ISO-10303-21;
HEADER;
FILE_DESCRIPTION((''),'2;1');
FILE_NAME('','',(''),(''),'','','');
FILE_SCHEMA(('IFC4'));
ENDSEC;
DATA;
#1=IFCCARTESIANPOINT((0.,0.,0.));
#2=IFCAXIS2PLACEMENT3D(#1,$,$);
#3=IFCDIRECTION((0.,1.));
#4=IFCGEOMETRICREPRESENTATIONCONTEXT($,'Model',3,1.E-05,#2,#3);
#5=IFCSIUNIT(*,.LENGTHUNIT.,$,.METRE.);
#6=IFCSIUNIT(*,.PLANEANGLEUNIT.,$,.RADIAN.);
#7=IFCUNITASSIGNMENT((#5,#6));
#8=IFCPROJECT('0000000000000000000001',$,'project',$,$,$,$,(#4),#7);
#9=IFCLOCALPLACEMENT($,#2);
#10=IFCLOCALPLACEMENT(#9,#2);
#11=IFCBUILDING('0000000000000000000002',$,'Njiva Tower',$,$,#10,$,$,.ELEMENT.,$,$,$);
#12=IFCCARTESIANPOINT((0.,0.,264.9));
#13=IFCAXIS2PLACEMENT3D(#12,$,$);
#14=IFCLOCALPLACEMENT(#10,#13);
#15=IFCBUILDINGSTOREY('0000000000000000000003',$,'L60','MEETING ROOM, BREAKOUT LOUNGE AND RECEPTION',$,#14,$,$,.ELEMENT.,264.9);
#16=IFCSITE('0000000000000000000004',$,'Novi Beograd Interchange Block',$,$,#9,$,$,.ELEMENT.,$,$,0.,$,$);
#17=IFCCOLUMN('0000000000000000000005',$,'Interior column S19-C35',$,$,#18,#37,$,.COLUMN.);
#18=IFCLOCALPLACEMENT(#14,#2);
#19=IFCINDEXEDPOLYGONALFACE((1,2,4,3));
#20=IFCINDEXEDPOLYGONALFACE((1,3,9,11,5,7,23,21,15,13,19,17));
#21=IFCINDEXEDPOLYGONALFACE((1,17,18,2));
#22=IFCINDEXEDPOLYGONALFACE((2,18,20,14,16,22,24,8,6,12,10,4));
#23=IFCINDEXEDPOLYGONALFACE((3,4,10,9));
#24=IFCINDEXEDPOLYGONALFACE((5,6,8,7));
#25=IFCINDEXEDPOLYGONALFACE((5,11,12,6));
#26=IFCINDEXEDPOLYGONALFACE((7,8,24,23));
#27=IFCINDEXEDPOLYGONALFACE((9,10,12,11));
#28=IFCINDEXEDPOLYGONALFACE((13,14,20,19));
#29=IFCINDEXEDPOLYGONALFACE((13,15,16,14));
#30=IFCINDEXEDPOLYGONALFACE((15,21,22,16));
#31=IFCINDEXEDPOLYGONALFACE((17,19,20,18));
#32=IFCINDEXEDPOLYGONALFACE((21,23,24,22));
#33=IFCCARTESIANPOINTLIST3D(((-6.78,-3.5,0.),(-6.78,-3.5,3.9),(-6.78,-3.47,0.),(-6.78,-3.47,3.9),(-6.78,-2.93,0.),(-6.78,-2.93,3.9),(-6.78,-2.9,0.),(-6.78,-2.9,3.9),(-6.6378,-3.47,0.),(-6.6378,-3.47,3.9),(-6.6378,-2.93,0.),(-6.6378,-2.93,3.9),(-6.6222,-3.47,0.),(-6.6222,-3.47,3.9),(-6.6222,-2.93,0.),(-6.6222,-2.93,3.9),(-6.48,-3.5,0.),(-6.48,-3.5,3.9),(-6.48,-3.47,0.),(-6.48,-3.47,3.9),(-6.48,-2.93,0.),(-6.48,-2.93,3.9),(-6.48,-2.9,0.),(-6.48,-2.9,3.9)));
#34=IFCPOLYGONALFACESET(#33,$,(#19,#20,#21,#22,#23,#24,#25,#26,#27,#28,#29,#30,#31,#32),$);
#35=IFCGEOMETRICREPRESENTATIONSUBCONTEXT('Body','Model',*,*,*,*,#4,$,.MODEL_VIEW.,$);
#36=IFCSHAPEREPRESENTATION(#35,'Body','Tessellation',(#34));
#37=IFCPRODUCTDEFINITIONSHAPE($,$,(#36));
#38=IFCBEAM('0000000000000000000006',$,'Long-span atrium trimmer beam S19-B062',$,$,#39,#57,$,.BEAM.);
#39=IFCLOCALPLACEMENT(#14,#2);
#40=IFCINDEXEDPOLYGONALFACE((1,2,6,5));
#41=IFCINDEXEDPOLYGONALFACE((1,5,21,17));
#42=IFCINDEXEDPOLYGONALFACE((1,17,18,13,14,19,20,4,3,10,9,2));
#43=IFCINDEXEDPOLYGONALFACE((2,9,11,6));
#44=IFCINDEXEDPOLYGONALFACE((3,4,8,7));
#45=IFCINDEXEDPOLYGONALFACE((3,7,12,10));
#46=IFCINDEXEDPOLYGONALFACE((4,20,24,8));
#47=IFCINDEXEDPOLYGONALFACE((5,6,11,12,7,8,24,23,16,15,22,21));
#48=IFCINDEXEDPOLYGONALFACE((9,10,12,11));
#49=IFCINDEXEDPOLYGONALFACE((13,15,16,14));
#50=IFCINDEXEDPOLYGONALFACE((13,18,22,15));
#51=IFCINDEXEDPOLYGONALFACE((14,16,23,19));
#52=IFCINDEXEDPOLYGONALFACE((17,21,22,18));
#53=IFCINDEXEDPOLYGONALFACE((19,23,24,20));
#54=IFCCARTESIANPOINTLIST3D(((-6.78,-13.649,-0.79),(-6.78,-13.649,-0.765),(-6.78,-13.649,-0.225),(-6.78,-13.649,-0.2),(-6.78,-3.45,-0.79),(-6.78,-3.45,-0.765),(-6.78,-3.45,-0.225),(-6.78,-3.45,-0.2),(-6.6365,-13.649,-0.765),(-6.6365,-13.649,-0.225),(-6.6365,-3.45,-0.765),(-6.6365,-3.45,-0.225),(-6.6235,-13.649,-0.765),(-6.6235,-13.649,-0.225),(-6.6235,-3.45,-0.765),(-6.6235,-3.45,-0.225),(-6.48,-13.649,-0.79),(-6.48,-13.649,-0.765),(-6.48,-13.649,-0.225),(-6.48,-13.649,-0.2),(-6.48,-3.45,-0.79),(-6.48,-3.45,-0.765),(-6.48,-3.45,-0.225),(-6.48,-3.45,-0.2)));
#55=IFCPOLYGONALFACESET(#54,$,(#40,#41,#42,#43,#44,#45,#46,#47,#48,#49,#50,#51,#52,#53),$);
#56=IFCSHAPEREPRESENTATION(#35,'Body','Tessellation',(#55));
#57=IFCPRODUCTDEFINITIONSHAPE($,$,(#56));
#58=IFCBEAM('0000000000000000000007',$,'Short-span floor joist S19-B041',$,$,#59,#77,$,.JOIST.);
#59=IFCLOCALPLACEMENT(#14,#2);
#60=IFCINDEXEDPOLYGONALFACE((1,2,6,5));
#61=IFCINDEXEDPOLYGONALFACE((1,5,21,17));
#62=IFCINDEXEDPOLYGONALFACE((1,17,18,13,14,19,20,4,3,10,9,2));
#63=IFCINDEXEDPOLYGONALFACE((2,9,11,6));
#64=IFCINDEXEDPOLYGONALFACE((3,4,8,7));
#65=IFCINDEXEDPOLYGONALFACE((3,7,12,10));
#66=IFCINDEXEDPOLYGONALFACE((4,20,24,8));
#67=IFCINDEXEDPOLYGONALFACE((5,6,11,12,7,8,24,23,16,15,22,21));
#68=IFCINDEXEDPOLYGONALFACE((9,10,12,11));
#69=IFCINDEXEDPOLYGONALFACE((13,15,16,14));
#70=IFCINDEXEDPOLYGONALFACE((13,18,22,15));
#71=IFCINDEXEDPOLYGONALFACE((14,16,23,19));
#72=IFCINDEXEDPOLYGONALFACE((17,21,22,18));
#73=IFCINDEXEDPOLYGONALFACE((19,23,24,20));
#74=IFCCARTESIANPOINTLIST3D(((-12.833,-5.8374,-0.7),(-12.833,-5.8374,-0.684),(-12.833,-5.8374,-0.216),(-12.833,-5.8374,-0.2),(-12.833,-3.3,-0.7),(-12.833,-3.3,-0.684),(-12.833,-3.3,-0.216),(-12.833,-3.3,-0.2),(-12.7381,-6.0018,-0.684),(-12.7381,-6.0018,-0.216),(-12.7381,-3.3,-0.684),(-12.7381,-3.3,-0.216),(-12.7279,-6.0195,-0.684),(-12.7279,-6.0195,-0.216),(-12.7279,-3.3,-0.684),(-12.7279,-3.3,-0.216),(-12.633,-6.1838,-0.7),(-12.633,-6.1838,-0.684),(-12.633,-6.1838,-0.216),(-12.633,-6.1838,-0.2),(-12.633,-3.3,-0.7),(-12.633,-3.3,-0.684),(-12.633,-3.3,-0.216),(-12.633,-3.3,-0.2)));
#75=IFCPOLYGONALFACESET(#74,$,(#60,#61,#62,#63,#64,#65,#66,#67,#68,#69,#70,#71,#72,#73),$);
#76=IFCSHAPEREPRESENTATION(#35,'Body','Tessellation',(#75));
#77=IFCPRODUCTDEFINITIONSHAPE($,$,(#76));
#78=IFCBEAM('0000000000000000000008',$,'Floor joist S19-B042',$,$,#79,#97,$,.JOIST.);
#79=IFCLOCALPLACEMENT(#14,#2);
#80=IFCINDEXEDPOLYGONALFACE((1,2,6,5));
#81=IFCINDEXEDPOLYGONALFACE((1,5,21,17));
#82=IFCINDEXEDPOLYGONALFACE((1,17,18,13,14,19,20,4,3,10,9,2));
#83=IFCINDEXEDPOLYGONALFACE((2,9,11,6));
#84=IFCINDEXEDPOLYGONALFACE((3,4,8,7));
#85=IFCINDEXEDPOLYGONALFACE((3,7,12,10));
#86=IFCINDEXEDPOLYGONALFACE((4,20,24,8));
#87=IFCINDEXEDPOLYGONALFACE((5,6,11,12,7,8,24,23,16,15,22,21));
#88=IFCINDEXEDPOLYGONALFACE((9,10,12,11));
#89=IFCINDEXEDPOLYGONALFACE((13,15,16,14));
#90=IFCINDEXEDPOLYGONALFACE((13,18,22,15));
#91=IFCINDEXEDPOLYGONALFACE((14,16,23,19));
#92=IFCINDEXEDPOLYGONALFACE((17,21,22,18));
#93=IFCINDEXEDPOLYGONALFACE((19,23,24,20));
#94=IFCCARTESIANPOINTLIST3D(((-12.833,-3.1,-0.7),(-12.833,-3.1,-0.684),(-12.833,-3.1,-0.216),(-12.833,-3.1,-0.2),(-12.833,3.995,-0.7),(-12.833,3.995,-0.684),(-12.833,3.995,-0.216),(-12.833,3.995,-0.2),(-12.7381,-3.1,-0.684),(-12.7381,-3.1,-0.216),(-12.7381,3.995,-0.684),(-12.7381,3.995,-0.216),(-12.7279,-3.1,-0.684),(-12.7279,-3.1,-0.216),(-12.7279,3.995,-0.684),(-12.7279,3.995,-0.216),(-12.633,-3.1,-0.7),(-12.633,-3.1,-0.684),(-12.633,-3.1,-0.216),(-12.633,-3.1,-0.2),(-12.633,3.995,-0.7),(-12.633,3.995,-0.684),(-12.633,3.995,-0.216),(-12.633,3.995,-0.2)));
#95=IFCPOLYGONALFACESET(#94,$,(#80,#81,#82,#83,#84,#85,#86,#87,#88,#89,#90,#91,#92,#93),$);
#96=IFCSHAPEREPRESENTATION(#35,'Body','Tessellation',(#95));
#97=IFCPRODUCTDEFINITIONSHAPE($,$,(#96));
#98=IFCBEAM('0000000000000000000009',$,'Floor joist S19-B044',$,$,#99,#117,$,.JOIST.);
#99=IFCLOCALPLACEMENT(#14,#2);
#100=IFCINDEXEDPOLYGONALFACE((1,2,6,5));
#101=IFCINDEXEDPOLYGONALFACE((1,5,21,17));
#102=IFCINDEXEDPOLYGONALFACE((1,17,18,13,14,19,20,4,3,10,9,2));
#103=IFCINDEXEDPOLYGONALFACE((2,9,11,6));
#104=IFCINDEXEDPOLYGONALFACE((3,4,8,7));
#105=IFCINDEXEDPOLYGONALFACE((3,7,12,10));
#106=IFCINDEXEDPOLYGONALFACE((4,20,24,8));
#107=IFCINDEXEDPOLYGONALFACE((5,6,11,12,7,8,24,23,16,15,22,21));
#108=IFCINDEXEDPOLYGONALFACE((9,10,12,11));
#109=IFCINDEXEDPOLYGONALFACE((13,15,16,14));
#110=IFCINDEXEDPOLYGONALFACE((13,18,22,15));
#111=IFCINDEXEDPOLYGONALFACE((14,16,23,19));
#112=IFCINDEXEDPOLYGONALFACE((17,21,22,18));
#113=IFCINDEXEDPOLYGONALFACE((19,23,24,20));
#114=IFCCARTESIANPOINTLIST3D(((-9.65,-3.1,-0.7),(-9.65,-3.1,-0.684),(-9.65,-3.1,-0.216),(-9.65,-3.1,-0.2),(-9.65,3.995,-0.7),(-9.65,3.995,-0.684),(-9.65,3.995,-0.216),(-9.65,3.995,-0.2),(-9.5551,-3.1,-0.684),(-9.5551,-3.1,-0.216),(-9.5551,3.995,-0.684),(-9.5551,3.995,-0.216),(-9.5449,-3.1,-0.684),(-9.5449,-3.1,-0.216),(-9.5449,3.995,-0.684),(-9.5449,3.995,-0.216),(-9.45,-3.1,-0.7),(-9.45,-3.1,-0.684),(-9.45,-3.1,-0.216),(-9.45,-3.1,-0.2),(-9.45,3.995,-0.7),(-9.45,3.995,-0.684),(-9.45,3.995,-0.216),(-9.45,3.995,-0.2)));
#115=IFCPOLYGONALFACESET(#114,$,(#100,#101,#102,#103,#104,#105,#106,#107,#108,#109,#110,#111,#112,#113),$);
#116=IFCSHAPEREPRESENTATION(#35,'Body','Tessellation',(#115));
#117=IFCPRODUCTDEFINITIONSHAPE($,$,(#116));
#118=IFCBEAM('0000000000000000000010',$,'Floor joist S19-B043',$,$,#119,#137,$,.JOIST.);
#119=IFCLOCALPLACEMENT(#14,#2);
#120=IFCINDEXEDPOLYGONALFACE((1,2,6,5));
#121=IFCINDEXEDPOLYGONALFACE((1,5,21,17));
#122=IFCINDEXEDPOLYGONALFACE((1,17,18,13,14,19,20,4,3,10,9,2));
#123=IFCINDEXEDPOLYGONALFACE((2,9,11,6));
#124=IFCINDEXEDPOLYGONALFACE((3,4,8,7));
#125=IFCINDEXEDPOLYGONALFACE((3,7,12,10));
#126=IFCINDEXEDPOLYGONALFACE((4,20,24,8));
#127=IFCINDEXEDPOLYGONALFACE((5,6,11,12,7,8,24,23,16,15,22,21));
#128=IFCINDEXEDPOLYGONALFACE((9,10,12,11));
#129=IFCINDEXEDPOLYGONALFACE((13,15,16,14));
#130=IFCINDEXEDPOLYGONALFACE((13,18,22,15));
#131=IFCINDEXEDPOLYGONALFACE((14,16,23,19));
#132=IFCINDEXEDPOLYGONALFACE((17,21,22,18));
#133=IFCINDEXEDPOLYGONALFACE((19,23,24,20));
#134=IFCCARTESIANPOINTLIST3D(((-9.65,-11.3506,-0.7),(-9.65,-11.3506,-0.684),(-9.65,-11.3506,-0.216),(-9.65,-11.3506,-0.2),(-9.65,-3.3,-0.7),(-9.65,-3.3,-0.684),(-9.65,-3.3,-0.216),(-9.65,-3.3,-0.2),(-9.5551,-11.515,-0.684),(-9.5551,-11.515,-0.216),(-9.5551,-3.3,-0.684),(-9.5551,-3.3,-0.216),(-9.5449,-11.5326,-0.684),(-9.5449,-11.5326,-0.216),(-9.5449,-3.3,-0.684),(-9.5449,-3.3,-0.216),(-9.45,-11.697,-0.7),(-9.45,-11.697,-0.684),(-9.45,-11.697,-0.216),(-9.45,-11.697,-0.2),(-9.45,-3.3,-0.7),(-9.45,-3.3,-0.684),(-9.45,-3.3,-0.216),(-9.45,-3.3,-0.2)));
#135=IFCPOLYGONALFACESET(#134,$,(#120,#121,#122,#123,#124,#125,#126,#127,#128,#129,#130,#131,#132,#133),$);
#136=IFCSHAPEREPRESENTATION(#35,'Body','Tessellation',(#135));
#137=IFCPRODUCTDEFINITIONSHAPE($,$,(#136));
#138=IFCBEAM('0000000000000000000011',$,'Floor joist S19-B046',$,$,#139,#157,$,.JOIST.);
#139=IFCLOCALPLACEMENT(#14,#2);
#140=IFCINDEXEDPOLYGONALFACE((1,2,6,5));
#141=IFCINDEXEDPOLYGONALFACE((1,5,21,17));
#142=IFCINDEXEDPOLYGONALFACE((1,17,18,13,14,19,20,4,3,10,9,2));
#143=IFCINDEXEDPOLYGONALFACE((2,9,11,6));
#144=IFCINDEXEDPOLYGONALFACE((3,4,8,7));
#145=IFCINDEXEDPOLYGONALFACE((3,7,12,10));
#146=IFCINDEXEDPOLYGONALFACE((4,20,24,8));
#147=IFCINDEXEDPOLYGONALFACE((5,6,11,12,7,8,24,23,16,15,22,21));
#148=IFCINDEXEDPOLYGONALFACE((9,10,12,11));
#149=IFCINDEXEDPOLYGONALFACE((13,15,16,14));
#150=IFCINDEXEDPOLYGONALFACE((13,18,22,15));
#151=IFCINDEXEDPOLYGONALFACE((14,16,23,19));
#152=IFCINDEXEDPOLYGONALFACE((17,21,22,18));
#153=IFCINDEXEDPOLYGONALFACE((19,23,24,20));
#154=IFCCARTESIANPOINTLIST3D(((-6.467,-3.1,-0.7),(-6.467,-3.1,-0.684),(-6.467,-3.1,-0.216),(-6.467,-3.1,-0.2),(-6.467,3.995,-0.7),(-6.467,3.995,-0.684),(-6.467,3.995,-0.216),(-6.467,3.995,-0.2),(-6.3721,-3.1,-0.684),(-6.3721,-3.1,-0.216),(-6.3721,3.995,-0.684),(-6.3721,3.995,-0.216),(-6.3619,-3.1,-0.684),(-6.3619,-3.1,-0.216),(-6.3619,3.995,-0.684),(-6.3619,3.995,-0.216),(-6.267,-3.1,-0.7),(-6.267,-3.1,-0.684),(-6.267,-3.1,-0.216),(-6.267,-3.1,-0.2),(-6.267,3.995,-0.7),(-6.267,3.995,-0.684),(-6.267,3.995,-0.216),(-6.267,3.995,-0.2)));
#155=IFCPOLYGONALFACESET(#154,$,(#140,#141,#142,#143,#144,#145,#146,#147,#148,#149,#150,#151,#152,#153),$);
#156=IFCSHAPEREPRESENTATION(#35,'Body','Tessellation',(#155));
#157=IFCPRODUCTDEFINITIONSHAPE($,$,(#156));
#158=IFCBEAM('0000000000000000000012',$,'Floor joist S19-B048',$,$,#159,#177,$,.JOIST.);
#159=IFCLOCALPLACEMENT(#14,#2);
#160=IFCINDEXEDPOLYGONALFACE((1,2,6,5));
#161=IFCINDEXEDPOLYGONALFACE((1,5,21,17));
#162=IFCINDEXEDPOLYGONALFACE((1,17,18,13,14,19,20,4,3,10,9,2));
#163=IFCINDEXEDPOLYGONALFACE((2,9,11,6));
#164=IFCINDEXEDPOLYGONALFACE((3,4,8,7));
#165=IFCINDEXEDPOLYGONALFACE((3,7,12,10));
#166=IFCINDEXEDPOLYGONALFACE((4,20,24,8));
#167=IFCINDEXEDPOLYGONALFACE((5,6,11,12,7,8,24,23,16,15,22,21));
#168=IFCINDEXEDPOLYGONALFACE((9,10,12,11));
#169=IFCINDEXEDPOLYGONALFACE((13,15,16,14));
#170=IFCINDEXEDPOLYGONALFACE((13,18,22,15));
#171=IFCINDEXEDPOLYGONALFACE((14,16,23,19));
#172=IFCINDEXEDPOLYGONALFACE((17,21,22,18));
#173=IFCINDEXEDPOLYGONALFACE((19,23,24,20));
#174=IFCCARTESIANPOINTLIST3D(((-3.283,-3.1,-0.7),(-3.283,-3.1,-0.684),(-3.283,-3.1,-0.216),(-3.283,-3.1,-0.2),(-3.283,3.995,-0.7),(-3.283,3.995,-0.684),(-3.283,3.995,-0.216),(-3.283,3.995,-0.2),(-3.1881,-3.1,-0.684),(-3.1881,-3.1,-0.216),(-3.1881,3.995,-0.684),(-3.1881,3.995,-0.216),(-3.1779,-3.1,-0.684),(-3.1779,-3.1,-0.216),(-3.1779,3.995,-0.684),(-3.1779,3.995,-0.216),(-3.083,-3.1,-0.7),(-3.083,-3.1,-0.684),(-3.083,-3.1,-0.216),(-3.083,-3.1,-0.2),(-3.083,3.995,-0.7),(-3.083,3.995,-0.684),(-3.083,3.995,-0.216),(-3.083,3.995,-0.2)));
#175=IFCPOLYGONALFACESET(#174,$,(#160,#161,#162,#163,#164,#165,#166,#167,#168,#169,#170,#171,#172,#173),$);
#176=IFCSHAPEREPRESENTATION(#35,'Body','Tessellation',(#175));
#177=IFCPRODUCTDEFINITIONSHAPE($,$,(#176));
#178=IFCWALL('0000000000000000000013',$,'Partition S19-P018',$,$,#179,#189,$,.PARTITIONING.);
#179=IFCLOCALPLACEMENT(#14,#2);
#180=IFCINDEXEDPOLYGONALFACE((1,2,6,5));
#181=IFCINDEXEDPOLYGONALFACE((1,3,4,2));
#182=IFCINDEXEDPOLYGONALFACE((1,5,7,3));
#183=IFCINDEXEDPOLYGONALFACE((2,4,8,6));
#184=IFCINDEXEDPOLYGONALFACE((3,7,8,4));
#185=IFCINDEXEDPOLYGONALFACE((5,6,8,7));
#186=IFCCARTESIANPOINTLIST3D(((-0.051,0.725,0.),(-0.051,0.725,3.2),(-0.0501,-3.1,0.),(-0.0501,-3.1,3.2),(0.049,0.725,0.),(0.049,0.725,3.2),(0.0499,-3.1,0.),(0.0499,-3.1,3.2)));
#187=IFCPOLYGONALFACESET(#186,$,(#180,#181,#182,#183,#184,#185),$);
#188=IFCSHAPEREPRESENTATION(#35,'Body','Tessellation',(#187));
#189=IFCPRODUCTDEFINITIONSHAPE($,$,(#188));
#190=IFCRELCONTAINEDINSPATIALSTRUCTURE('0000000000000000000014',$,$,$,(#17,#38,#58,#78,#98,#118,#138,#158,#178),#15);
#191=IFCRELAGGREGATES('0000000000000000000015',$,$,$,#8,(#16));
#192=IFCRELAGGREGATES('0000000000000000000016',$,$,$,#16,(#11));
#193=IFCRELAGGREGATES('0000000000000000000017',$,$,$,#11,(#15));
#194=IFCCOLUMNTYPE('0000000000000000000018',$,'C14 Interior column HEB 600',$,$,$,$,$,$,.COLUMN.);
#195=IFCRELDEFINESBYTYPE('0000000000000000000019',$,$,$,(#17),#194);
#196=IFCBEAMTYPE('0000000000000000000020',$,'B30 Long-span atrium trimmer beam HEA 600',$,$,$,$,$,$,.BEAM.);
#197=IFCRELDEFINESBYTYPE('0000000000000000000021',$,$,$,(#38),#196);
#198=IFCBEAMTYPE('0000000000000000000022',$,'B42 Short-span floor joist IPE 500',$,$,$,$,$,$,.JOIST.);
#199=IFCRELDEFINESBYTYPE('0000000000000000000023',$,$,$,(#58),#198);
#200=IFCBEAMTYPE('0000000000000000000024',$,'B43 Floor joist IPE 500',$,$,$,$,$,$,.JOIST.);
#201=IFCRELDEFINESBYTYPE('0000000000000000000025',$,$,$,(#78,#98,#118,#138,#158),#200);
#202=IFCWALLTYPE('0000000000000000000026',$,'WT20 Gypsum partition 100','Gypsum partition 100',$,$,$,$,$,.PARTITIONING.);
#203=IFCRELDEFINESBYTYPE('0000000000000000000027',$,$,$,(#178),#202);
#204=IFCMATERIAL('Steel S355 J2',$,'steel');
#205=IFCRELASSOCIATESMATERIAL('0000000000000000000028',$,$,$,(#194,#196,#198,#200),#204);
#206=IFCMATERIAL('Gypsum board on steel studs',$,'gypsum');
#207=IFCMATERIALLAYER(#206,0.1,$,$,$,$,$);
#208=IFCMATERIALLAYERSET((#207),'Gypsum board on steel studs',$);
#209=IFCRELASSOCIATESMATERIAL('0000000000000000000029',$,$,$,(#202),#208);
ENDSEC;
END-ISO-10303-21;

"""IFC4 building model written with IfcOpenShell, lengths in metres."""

from ifc_helpers import new_model, si_unit, direction, frame, frame_2d, origin, origin_2d, place, context, subcontext, project, spatial, rectangle, i_section, extrude, clip, halfspace, material, layer, layer_set, material_profile, profile_set, type_object, element, save


model = new_model("IFC4")

# Units and contexts
model_context = context("Model", 3, precision=1e-05, world=origin(), true_north=direction((0.0, 1.0)))
body_context = subcontext(model_context, "Body", "Model", "MODEL_VIEW")
ifc_project = project(units=[si_unit("LENGTHUNIT", "METRE"), si_unit("PLANEANGLEUNIT", "RADIAN")], contexts=[model_context])

# Site, building, storey
site_placement = place(None, origin())
site = spatial("IfcSite", under=ifc_project, at=site_placement, Name="Novi Beograd Interchange Block", CompositionType="ELEMENT", RefElevation=0.0)
building_placement = place(site_placement, origin())
building = spatial("IfcBuilding", under=site, at=building_placement, Name="Njiva Tower", CompositionType="ELEMENT")
storey_placement = place(building_placement, frame((0.0, 0.0, 264.9)))
storey = spatial("IfcBuildingStorey", under=building, at=storey_placement, Name="L60", Description="MEETING ROOM, BREAKOUT LOUNGE AND RECEPTION", CompositionType="ELEMENT", Elevation=264.9)

# Column
ifc_material_1 = material(Name="Steel S355 J2", Category="steel")
ifc_material_profile_1 = material_profile(ifc_material_1, i_section(OverallWidth=0.3, OverallDepth=0.6, WebThickness=0.0155, FlangeThickness=0.03, at=origin_2d()), Name="HEB 600")
ifc_profile_set_1 = profile_set([ifc_material_profile_1], Name="Steel S355 J2")
column_type = type_object("IfcColumnType", Name="C14 Interior column HEB 600", PredefinedType="COLUMN", material=ifc_profile_set_1)
column_placement = place(storey_placement, frame((-6.63, -3.2, 0.0), z_axis=(0.0, 0.0, 1.0), x_axis=(1.0, 0.0, 0.0)))
element("IfcColumn", 1, at=column_placement, inside=storey, type_object=column_type, Name="Interior column S19-C35", PredefinedType="COLUMN", context=body_context, shape_type="SweptSolid", body=[
    extrude(i_section(OverallWidth=0.3, OverallDepth=0.6, WebThickness=0.0155, FlangeThickness=0.03, at=origin_2d()), origin(), (0.0, 0.0, 1.0), 3.9),
])

# Beams
ifc_material_profile_2 = material_profile(ifc_material_1, i_section(OverallWidth=0.3, OverallDepth=0.59, WebThickness=0.013, FlangeThickness=0.025, at=origin_2d()), Name="HEA 600")
ifc_profile_set_2 = profile_set([ifc_material_profile_2], Name="Steel S355 J2")
beam_type_1 = type_object("IfcBeamType", Name="B30 Long-span atrium trimmer beam HEA 600", PredefinedType="BEAM", material=ifc_profile_set_2)
beam_1_placement = place(storey_placement, frame((-6.63, -3.45, -0.495), z_axis=(0.0, -1.0, 0.0), x_axis=(1.0, 0.0, 0.0)))
element("IfcBeam", 2, at=beam_1_placement, inside=storey, type_object=beam_type_1, Name="Long-span atrium trimmer beam S19-B062", PredefinedType="BEAM", context=body_context, shape_type="SweptSolid", body=[
    extrude(i_section(OverallWidth=0.3, OverallDepth=0.59, WebThickness=0.013, FlangeThickness=0.025, at=origin_2d()), origin(), (0.0, 0.0, 1.0), 10.199),
])
ifc_material_profile_3 = material_profile(ifc_material_1, i_section(OverallWidth=0.2, OverallDepth=0.5, WebThickness=0.0102, FlangeThickness=0.016, at=origin_2d()), Name="IPE 500")
ifc_profile_set_3 = profile_set([ifc_material_profile_3], Name="Steel S355 J2")
beam_type_2 = type_object("IfcBeamType", Name="B42 Short-span floor joist IPE 500", PredefinedType="JOIST", material=ifc_profile_set_3)
beam_2_placement = place(storey_placement, frame((-12.733, -3.3, -0.45), z_axis=(0.0, -1.0, 0.0), x_axis=(1.0, 0.0, 0.0)))
element("IfcBeam", 3, at=beam_2_placement, inside=storey, type_object=beam_type_2, Name="Short-span floor joist S19-B041", PredefinedType="JOIST", context=body_context, shape_type="Clipping", body=[
    clip(extrude(i_section(OverallWidth=0.2, OverallDepth=0.5, WebThickness=0.0102, FlangeThickness=0.016, at=origin_2d()), origin(), (0.0, 0.0, 1.0), 2.903), halfspace(frame((-0.0436, 0.0, 2.6351), z_axis=(-0.866027, 0.0, 0.499998), x_axis=(0.0, 1.0, 0.0)), False)),
])
ifc_material_profile_4 = material_profile(ifc_material_1, i_section(OverallWidth=0.2, OverallDepth=0.5, WebThickness=0.0102, FlangeThickness=0.016, at=origin_2d()), Name="IPE 500")
ifc_profile_set_4 = profile_set([ifc_material_profile_4], Name="Steel S355 J2")
beam_type_3 = type_object("IfcBeamType", Name="B43 Floor joist IPE 500", PredefinedType="JOIST", material=ifc_profile_set_4)
for number, where, z_axis, x_axis, name in (
    (4, (-12.733, 3.995, -0.45), (0.0, -1.0, 0.0), (1.0, 0.0, 0.0), "Floor joist S19-B042"),
    (5, (-9.55, 3.995, -0.45), (0.0, -1.0, 0.0), (1.0, 0.0, 0.0), "Floor joist S19-B044"),
):
    element("IfcBeam", number, at=place(storey_placement, frame(where, z_axis=z_axis, x_axis=x_axis)), inside=storey, type_object=beam_type_3, Name=name, PredefinedType="JOIST", context=body_context, shape_type="SweptSolid", body=[
        extrude(i_section(OverallWidth=0.2, OverallDepth=0.5, WebThickness=0.0102, FlangeThickness=0.016, at=origin_2d()), origin(), (0.0, 0.0, 1.0), 7.095),
    ])
beam_3_placement = place(storey_placement, frame((-9.55, -3.3, -0.45), z_axis=(0.0, -1.0, 0.0), x_axis=(1.0, 0.0, 0.0)))
element("IfcBeam", 6, at=beam_3_placement, inside=storey, type_object=beam_type_3, Name="Floor joist S19-B043", PredefinedType="JOIST", context=body_context, shape_type="Clipping", body=[
    clip(extrude(i_section(OverallWidth=0.2, OverallDepth=0.5, WebThickness=0.0102, FlangeThickness=0.016, at=origin_2d()), origin(), (0.0, 0.0, 1.0), 8.417), halfspace(frame((-0.0433, 0.0, 8.1488), z_axis=(-0.866027, 0.0, 0.499998), x_axis=(0.0, 1.0, 0.0)), False)),
])
for number, where, z_axis, x_axis, name in (
    (7, (-6.367, 3.995, -0.45), (0.0, -1.0, 0.0), (1.0, 0.0, 0.0), "Floor joist S19-B046"),
    (8, (-3.183, 3.995, -0.45), (0.0, -1.0, 0.0), (1.0, 0.0, 0.0), "Floor joist S19-B048"),
):
    element("IfcBeam", number, at=place(storey_placement, frame(where, z_axis=z_axis, x_axis=x_axis)), inside=storey, type_object=beam_type_3, Name=name, PredefinedType="JOIST", context=body_context, shape_type="SweptSolid", body=[
        extrude(i_section(OverallWidth=0.2, OverallDepth=0.5, WebThickness=0.0102, FlangeThickness=0.016, at=origin_2d()), origin(), (0.0, 0.0, 1.0), 7.095),
    ])

# Wall
ifc_material_2 = material(Name="Gypsum board on steel studs", Category="gypsum")
ifc_layer_1 = layer(ifc_material_2, 0.1)
ifc_layer_set_1 = layer_set([ifc_layer_1], Name="Gypsum board on steel studs")
wall_type_1 = type_object("IfcWallType", Name="WT20 Gypsum partition 100", Description="Gypsum partition 100", PredefinedType="PARTITIONING", material=ifc_layer_set_1)
wall_1_placement = place(storey_placement, frame((-0.001, 0.725, 0.0), z_axis=(0.0, 0.0, 1.0), x_axis=(0.000235, -1.0, 0.0)))
element("IfcWall", 9, at=wall_1_placement, inside=storey, type_object=wall_type_1, Name="Partition S19-P018", PredefinedType="PARTITIONING", context=body_context, shape_type="SweptSolid", body=[
    extrude(rectangle(XDim=3.825, YDim=0.1, at=frame_2d((1.9125, 0.0))), origin(), (0.0, 0.0, 1.0), 3.2),
])

save(model, "model.ifc")
